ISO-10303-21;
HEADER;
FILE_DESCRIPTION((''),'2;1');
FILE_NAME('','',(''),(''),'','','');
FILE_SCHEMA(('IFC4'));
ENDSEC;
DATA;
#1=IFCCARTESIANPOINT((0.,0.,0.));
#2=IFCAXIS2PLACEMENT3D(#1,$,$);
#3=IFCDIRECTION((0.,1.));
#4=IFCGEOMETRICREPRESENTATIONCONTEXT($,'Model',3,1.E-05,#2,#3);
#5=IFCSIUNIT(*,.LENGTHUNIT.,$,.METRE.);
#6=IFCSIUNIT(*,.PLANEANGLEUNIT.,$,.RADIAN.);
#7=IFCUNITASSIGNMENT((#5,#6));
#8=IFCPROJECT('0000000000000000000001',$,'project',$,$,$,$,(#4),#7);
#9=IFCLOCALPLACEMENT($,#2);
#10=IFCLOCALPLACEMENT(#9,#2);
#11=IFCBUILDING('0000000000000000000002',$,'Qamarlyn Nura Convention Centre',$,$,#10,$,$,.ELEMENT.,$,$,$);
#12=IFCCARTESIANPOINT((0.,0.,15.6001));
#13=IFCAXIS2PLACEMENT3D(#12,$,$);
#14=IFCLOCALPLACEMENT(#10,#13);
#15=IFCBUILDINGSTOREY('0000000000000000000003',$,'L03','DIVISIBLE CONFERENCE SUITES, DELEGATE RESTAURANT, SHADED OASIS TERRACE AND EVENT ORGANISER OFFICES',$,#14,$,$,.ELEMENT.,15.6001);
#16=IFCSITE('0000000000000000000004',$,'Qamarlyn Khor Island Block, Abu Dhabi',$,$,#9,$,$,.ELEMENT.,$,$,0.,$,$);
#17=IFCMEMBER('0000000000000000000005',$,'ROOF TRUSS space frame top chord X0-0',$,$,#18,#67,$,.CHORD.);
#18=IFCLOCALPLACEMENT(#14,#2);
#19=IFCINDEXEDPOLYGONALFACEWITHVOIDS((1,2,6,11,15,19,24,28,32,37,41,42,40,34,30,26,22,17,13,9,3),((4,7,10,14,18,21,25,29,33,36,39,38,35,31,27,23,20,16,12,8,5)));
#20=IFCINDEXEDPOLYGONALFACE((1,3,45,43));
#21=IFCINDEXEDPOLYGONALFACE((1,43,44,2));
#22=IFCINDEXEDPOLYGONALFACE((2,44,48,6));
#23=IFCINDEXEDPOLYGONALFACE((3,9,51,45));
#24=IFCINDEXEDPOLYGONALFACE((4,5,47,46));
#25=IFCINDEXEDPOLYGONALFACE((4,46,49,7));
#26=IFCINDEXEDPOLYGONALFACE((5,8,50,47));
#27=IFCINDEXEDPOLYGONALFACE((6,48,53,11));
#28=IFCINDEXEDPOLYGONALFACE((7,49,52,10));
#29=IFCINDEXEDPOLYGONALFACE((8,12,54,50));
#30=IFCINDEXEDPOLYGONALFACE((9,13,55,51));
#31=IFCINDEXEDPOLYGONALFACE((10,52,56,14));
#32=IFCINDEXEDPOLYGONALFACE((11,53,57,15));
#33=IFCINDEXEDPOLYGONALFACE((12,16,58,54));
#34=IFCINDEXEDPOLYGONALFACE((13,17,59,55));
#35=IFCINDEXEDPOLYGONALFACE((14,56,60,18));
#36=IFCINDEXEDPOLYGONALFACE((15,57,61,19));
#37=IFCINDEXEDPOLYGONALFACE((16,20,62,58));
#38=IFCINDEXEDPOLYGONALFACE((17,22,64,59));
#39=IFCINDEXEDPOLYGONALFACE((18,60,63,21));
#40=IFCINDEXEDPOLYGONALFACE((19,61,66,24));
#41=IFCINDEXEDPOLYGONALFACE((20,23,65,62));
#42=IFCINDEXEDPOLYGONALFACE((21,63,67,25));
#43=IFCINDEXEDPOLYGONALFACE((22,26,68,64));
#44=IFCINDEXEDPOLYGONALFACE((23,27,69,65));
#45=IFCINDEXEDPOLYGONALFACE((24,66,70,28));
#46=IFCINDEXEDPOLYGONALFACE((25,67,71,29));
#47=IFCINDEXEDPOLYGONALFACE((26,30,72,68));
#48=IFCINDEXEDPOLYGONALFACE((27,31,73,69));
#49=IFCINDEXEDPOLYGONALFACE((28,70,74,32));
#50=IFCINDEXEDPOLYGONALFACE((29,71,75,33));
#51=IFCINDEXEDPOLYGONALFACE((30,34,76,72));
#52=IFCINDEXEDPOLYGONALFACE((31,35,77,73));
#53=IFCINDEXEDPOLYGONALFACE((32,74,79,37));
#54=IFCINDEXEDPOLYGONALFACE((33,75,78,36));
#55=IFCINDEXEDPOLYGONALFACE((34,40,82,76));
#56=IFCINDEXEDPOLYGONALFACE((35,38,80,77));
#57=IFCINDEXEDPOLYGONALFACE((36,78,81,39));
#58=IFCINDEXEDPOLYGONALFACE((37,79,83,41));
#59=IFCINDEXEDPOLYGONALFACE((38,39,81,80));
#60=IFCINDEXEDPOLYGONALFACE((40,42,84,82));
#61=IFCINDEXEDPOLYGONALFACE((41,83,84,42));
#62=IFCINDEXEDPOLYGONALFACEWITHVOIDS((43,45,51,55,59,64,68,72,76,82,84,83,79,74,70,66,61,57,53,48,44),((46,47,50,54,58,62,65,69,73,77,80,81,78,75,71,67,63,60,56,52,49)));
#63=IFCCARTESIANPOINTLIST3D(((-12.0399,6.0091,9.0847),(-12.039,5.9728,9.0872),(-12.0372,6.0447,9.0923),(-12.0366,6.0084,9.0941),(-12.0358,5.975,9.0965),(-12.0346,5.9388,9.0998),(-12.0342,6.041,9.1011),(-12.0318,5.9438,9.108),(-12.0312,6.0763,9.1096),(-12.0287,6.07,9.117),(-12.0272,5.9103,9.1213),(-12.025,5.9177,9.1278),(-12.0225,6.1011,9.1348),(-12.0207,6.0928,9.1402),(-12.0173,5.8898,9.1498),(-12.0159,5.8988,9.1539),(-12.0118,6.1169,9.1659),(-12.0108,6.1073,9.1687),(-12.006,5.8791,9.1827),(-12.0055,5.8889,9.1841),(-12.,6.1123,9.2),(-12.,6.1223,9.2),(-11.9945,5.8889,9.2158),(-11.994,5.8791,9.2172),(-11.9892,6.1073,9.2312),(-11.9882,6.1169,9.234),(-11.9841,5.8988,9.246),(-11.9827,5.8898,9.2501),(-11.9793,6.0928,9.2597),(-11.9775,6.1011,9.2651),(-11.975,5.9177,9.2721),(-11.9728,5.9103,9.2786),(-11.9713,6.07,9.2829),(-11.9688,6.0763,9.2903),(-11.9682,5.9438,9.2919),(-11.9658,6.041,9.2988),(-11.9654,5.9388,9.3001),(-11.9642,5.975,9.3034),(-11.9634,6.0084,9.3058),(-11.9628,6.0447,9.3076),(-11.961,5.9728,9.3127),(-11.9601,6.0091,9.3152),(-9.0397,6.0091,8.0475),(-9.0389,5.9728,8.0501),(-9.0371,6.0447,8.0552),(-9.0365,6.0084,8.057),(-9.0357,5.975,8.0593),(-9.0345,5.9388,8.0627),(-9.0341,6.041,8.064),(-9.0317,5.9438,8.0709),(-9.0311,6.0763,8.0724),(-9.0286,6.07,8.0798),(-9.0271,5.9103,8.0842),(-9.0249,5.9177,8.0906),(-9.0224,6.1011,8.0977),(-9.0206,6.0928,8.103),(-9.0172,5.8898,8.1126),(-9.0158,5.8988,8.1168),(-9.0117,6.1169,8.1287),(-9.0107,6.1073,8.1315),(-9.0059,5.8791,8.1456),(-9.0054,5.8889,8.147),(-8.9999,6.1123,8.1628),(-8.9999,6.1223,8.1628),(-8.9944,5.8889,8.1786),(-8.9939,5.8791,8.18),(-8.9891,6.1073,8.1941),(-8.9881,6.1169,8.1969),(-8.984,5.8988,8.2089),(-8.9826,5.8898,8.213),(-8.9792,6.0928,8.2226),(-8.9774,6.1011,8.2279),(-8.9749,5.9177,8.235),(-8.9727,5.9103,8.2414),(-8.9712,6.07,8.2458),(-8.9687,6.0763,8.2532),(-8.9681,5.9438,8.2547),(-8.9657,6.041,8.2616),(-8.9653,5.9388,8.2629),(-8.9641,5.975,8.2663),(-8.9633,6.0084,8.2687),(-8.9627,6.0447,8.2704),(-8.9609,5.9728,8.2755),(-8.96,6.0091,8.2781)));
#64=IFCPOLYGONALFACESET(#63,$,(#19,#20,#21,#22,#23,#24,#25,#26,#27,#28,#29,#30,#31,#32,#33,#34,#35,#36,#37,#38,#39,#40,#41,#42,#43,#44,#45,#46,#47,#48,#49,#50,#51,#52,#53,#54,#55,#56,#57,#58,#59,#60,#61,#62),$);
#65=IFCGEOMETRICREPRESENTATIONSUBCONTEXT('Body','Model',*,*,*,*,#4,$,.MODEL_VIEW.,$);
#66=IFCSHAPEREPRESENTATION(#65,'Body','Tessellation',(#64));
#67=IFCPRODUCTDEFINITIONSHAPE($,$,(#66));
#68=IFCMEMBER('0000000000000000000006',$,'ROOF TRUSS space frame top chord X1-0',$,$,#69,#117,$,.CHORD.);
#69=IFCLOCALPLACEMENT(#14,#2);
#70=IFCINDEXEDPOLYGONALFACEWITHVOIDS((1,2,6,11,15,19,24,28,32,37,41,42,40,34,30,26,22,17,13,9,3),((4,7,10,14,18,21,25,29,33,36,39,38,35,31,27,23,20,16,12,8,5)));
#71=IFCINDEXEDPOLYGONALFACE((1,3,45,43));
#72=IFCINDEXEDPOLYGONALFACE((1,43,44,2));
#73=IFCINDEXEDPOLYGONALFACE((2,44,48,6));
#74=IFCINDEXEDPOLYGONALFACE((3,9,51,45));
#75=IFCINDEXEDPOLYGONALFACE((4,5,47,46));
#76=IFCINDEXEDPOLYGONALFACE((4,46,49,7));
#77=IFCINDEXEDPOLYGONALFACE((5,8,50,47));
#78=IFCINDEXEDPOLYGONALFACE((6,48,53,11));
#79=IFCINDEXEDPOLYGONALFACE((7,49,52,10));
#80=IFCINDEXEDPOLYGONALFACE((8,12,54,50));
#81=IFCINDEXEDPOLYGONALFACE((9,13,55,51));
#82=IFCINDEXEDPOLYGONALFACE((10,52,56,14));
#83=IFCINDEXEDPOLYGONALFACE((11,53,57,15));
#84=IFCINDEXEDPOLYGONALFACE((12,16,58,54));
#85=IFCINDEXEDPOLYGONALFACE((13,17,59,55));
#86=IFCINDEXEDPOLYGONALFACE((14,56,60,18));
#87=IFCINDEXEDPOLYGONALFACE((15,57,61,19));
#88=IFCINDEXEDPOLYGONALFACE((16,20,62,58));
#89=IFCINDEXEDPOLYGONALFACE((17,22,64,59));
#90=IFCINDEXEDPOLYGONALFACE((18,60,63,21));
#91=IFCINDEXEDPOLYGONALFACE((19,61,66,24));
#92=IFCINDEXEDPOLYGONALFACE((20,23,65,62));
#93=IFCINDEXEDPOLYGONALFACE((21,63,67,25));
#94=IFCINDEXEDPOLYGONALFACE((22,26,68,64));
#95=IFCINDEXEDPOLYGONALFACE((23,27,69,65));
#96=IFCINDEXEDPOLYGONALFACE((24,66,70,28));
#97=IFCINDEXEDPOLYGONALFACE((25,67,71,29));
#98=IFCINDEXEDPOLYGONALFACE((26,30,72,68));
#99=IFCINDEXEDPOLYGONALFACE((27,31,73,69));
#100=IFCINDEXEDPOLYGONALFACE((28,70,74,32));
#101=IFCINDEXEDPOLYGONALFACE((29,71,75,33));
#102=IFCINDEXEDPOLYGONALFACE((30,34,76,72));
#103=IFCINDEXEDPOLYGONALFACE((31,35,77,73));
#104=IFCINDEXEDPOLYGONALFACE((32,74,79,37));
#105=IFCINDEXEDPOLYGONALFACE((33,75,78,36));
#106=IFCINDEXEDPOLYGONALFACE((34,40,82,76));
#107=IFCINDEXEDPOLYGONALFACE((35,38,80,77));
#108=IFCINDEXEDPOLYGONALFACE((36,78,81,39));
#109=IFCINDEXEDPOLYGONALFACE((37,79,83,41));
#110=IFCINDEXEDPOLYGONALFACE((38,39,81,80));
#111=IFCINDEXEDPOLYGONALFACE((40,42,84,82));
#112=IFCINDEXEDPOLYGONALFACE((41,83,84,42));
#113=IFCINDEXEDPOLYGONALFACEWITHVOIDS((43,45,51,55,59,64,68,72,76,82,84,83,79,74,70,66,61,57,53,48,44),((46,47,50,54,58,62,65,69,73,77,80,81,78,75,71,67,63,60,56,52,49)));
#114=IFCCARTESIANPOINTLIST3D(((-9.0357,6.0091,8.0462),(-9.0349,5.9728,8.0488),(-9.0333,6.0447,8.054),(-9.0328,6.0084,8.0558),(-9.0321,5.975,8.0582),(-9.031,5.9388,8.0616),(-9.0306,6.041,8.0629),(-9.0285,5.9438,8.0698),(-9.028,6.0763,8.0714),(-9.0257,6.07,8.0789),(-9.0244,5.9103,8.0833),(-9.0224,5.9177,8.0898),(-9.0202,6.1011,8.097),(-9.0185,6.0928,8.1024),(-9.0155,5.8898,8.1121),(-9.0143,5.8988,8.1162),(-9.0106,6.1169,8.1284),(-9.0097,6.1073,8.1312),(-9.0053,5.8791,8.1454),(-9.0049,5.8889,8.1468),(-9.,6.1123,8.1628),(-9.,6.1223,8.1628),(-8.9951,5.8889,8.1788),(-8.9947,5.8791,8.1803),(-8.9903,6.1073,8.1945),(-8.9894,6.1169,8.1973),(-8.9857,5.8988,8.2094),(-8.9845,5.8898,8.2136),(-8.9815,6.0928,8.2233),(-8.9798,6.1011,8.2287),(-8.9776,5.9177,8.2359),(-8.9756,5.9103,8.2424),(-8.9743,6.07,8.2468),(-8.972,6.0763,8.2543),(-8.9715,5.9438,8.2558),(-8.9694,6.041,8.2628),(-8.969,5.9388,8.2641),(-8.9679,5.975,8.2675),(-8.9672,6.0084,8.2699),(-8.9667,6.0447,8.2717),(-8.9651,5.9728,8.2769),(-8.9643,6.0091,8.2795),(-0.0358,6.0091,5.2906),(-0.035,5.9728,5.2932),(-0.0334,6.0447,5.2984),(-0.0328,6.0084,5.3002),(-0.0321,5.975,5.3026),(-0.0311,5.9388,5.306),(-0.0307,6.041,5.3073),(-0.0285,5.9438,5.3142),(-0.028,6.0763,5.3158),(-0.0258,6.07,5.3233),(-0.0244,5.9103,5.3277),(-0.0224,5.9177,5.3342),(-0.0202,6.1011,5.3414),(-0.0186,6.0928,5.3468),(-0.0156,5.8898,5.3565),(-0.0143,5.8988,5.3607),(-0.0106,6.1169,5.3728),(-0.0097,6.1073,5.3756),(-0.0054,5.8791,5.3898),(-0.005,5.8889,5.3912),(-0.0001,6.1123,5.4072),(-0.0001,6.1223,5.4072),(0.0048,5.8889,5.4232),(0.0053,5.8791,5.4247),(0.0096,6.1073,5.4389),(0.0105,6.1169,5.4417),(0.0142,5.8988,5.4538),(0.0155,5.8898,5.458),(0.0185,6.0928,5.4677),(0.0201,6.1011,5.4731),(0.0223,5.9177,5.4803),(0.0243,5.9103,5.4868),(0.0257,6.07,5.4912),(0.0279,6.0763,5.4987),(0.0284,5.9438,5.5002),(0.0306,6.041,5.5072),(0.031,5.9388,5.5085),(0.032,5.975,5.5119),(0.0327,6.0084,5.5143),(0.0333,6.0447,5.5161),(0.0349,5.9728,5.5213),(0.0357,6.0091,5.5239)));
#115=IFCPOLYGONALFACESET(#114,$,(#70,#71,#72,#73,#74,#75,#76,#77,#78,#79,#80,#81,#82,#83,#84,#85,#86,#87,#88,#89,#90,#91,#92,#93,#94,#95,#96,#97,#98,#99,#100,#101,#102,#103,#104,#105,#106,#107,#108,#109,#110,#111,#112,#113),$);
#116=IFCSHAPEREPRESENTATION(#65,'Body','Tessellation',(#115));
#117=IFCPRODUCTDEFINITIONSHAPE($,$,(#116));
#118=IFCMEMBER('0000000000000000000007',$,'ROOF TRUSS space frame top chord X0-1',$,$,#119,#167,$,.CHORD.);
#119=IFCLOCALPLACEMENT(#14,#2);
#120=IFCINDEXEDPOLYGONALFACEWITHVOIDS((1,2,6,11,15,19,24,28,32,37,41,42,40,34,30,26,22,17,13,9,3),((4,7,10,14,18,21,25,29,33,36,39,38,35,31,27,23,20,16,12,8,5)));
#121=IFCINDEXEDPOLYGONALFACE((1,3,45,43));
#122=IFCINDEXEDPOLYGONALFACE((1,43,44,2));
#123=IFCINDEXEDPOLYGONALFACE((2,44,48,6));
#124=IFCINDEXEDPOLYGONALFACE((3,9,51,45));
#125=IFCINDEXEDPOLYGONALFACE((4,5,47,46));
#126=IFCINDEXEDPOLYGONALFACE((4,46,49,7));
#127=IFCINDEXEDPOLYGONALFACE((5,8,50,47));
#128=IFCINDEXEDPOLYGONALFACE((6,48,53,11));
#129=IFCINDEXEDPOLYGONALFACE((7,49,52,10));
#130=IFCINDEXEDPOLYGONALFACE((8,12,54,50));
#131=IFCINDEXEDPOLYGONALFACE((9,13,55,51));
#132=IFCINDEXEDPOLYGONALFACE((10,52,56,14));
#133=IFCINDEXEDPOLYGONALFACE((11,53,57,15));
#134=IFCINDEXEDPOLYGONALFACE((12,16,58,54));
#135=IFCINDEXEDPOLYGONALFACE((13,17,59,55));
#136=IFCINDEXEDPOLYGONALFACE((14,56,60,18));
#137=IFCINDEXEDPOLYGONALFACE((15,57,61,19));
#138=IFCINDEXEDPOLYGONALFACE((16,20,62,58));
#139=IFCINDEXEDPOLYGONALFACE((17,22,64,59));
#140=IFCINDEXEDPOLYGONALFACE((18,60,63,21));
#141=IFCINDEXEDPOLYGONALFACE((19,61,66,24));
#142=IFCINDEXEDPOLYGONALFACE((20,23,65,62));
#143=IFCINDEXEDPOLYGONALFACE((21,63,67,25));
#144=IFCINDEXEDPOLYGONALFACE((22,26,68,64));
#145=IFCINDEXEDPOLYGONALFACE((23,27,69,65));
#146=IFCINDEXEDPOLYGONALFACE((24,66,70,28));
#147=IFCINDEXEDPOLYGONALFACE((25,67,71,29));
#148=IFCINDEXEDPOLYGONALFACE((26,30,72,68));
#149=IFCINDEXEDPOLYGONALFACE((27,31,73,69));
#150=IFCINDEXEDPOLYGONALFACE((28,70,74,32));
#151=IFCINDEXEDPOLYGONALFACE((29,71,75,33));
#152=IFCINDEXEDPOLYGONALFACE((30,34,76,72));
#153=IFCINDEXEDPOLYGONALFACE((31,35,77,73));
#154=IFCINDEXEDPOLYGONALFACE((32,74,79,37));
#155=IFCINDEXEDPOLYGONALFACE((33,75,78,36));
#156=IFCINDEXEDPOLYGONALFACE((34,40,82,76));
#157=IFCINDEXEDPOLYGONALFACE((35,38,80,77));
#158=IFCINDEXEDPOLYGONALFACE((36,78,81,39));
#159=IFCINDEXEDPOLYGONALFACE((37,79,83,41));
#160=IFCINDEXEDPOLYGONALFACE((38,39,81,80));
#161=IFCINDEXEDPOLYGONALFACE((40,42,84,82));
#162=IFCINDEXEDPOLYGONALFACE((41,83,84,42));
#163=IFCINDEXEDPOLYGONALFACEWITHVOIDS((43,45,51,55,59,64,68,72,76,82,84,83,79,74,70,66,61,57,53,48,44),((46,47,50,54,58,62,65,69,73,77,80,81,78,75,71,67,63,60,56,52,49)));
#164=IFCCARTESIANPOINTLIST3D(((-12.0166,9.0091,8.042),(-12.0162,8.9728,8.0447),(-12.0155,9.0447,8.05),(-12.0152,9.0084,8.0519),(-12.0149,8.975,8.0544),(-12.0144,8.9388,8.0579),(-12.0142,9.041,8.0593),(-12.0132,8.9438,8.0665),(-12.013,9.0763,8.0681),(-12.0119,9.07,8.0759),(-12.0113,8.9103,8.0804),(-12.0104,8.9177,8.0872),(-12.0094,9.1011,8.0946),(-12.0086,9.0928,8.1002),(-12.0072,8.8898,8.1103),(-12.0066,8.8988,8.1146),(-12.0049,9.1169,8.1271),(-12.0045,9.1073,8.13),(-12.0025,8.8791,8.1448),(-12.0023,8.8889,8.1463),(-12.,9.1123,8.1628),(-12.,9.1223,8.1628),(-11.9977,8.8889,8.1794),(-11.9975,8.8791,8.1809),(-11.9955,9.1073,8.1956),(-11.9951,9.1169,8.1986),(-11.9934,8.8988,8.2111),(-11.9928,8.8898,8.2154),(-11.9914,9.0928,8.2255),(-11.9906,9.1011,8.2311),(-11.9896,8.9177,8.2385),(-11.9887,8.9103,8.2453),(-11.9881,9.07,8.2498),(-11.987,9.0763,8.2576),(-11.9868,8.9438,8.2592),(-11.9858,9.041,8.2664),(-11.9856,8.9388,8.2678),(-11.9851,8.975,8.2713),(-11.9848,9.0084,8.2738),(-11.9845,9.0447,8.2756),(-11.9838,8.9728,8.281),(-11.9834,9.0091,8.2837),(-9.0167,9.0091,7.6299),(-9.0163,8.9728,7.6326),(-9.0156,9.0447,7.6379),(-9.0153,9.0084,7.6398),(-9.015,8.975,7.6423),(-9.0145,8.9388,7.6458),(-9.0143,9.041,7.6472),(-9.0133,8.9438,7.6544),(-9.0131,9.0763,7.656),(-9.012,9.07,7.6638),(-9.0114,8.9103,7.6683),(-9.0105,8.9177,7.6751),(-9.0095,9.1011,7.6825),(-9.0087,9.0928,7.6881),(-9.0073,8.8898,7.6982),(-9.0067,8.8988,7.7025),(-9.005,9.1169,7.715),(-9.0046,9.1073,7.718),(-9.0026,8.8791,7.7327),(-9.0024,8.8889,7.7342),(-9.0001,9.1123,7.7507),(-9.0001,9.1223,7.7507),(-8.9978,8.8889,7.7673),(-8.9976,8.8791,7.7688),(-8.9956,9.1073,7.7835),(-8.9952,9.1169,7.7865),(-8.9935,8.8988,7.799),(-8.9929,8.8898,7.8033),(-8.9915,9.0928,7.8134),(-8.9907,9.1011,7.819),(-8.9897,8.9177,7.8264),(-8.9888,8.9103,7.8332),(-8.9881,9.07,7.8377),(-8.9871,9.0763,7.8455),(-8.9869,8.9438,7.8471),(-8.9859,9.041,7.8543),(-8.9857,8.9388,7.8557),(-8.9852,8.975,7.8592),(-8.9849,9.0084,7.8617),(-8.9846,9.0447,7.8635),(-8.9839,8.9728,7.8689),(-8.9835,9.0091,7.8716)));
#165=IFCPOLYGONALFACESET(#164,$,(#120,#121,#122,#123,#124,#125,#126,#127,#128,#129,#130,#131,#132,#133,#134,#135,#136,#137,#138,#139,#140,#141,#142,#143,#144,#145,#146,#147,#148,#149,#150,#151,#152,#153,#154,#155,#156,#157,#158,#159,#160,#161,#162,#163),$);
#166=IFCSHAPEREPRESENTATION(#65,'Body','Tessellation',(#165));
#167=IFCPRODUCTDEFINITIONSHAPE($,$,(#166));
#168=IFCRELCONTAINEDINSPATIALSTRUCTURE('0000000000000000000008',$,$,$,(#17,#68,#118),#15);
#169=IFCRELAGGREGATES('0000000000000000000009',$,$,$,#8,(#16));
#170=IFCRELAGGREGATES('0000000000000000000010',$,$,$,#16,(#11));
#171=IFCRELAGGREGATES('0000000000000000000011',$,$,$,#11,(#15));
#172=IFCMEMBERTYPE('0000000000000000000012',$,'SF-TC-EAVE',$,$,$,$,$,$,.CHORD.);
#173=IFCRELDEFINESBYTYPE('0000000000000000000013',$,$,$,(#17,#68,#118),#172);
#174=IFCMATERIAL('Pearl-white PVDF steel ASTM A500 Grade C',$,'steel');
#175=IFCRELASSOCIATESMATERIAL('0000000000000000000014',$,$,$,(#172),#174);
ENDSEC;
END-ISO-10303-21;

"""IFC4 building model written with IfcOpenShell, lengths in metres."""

from ifc_helpers import new_model, si_unit, direction, frame, origin, origin_2d, place, context, subcontext, project, spatial, hollow_circle, extrude, material, material_profile, profile_set, type_object, element, save


model = new_model("IFC4")

# Units and contexts
model_context = context("Model", 3, precision=1e-05, world=origin(), true_north=direction((0.0, 1.0)))
body_context = subcontext(model_context, "Body", "Model", "MODEL_VIEW")
ifc_project = project(units=[si_unit("LENGTHUNIT", "METRE"), si_unit("PLANEANGLEUNIT", "RADIAN")], contexts=[model_context])

# Site, building, storey
site_placement = place(None, origin())
site = spatial("IfcSite", under=ifc_project, at=site_placement, Name="Qamarlyn Khor Island Block, Abu Dhabi", CompositionType="ELEMENT", RefElevation=0.0)
building_placement = place(site_placement, origin())
building = spatial("IfcBuilding", under=site, at=building_placement, Name="Qamarlyn Nura Convention Centre", CompositionType="ELEMENT")
storey_placement = place(building_placement, frame((0.0, 0.0, 15.6001)))
storey = spatial("IfcBuildingStorey", under=building, at=storey_placement, Name="L03", Description="DIVISIBLE CONFERENCE SUITES, DELEGATE RESTAURANT, SHADED OASIS TERRACE AND EVENT ORGANISER OFFICES", CompositionType="ELEMENT", Elevation=15.6001)

# Members
ifc_material_1 = material(Name="Pearl-white PVDF steel ASTM A500 Grade C", Category="steel")
ifc_material_profile = material_profile(ifc_material_1, hollow_circle(Radius=0.1223, WallThickness=0.01, at=origin_2d()), Name="CHS244.5X10")
ifc_profile_set = profile_set([ifc_material_profile], Name="Pearl-white PVDF steel ASTM A500 Grade C")
member_type = type_object("IfcMemberType", Name="SF-TC-EAVE", PredefinedType="CHORD", material=ifc_profile_set)
member_1_placement = place(storey_placement, frame((-12.0, 6.0, 9.2), z_axis=(0.945118, 0.0, -0.32673), x_axis=(0.0, 1.0, 0.0)))
element("IfcMember", 1, at=member_1_placement, inside=storey, type_object=member_type, Name="ROOF TRUSS space frame top chord X0-0", PredefinedType="CHORD", context=body_context, shape_type="SweptSolid", body=[
    extrude(hollow_circle(Radius=0.1223, WallThickness=0.01, at=origin_2d()), origin(), (0.0, 0.0, 1.0), 3.1743),
])
member_2_placement = place(storey_placement, frame((-9.0, 6.0, 8.1628), z_axis=(0.956185, 0.0, -0.292764), x_axis=(0.0, 1.0, 0.0)))
element("IfcMember", 2, at=member_2_placement, inside=storey, type_object=member_type, Name="ROOF TRUSS space frame top chord X1-0", PredefinedType="CHORD", context=body_context, shape_type="SweptSolid", body=[
    extrude(hollow_circle(Radius=0.1223, WallThickness=0.01, at=origin_2d()), origin(), (0.0, 0.0, 1.0), 9.4124),
])
member_3_placement = place(storey_placement, frame((-12.0, 9.0, 8.1628), z_axis=(0.990696, 0.0, -0.136092), x_axis=(0.0, 1.0, 0.0)))
element("IfcMember", 3, at=member_3_placement, inside=storey, type_object=member_type, Name="ROOF TRUSS space frame top chord X0-1", PredefinedType="CHORD", context=body_context, shape_type="SweptSolid", body=[
    extrude(hollow_circle(Radius=0.1223, WallThickness=0.01, at=origin_2d()), origin(), (0.0, 0.0, 1.0), 3.0281),
])

save(model, "model.ifc")
